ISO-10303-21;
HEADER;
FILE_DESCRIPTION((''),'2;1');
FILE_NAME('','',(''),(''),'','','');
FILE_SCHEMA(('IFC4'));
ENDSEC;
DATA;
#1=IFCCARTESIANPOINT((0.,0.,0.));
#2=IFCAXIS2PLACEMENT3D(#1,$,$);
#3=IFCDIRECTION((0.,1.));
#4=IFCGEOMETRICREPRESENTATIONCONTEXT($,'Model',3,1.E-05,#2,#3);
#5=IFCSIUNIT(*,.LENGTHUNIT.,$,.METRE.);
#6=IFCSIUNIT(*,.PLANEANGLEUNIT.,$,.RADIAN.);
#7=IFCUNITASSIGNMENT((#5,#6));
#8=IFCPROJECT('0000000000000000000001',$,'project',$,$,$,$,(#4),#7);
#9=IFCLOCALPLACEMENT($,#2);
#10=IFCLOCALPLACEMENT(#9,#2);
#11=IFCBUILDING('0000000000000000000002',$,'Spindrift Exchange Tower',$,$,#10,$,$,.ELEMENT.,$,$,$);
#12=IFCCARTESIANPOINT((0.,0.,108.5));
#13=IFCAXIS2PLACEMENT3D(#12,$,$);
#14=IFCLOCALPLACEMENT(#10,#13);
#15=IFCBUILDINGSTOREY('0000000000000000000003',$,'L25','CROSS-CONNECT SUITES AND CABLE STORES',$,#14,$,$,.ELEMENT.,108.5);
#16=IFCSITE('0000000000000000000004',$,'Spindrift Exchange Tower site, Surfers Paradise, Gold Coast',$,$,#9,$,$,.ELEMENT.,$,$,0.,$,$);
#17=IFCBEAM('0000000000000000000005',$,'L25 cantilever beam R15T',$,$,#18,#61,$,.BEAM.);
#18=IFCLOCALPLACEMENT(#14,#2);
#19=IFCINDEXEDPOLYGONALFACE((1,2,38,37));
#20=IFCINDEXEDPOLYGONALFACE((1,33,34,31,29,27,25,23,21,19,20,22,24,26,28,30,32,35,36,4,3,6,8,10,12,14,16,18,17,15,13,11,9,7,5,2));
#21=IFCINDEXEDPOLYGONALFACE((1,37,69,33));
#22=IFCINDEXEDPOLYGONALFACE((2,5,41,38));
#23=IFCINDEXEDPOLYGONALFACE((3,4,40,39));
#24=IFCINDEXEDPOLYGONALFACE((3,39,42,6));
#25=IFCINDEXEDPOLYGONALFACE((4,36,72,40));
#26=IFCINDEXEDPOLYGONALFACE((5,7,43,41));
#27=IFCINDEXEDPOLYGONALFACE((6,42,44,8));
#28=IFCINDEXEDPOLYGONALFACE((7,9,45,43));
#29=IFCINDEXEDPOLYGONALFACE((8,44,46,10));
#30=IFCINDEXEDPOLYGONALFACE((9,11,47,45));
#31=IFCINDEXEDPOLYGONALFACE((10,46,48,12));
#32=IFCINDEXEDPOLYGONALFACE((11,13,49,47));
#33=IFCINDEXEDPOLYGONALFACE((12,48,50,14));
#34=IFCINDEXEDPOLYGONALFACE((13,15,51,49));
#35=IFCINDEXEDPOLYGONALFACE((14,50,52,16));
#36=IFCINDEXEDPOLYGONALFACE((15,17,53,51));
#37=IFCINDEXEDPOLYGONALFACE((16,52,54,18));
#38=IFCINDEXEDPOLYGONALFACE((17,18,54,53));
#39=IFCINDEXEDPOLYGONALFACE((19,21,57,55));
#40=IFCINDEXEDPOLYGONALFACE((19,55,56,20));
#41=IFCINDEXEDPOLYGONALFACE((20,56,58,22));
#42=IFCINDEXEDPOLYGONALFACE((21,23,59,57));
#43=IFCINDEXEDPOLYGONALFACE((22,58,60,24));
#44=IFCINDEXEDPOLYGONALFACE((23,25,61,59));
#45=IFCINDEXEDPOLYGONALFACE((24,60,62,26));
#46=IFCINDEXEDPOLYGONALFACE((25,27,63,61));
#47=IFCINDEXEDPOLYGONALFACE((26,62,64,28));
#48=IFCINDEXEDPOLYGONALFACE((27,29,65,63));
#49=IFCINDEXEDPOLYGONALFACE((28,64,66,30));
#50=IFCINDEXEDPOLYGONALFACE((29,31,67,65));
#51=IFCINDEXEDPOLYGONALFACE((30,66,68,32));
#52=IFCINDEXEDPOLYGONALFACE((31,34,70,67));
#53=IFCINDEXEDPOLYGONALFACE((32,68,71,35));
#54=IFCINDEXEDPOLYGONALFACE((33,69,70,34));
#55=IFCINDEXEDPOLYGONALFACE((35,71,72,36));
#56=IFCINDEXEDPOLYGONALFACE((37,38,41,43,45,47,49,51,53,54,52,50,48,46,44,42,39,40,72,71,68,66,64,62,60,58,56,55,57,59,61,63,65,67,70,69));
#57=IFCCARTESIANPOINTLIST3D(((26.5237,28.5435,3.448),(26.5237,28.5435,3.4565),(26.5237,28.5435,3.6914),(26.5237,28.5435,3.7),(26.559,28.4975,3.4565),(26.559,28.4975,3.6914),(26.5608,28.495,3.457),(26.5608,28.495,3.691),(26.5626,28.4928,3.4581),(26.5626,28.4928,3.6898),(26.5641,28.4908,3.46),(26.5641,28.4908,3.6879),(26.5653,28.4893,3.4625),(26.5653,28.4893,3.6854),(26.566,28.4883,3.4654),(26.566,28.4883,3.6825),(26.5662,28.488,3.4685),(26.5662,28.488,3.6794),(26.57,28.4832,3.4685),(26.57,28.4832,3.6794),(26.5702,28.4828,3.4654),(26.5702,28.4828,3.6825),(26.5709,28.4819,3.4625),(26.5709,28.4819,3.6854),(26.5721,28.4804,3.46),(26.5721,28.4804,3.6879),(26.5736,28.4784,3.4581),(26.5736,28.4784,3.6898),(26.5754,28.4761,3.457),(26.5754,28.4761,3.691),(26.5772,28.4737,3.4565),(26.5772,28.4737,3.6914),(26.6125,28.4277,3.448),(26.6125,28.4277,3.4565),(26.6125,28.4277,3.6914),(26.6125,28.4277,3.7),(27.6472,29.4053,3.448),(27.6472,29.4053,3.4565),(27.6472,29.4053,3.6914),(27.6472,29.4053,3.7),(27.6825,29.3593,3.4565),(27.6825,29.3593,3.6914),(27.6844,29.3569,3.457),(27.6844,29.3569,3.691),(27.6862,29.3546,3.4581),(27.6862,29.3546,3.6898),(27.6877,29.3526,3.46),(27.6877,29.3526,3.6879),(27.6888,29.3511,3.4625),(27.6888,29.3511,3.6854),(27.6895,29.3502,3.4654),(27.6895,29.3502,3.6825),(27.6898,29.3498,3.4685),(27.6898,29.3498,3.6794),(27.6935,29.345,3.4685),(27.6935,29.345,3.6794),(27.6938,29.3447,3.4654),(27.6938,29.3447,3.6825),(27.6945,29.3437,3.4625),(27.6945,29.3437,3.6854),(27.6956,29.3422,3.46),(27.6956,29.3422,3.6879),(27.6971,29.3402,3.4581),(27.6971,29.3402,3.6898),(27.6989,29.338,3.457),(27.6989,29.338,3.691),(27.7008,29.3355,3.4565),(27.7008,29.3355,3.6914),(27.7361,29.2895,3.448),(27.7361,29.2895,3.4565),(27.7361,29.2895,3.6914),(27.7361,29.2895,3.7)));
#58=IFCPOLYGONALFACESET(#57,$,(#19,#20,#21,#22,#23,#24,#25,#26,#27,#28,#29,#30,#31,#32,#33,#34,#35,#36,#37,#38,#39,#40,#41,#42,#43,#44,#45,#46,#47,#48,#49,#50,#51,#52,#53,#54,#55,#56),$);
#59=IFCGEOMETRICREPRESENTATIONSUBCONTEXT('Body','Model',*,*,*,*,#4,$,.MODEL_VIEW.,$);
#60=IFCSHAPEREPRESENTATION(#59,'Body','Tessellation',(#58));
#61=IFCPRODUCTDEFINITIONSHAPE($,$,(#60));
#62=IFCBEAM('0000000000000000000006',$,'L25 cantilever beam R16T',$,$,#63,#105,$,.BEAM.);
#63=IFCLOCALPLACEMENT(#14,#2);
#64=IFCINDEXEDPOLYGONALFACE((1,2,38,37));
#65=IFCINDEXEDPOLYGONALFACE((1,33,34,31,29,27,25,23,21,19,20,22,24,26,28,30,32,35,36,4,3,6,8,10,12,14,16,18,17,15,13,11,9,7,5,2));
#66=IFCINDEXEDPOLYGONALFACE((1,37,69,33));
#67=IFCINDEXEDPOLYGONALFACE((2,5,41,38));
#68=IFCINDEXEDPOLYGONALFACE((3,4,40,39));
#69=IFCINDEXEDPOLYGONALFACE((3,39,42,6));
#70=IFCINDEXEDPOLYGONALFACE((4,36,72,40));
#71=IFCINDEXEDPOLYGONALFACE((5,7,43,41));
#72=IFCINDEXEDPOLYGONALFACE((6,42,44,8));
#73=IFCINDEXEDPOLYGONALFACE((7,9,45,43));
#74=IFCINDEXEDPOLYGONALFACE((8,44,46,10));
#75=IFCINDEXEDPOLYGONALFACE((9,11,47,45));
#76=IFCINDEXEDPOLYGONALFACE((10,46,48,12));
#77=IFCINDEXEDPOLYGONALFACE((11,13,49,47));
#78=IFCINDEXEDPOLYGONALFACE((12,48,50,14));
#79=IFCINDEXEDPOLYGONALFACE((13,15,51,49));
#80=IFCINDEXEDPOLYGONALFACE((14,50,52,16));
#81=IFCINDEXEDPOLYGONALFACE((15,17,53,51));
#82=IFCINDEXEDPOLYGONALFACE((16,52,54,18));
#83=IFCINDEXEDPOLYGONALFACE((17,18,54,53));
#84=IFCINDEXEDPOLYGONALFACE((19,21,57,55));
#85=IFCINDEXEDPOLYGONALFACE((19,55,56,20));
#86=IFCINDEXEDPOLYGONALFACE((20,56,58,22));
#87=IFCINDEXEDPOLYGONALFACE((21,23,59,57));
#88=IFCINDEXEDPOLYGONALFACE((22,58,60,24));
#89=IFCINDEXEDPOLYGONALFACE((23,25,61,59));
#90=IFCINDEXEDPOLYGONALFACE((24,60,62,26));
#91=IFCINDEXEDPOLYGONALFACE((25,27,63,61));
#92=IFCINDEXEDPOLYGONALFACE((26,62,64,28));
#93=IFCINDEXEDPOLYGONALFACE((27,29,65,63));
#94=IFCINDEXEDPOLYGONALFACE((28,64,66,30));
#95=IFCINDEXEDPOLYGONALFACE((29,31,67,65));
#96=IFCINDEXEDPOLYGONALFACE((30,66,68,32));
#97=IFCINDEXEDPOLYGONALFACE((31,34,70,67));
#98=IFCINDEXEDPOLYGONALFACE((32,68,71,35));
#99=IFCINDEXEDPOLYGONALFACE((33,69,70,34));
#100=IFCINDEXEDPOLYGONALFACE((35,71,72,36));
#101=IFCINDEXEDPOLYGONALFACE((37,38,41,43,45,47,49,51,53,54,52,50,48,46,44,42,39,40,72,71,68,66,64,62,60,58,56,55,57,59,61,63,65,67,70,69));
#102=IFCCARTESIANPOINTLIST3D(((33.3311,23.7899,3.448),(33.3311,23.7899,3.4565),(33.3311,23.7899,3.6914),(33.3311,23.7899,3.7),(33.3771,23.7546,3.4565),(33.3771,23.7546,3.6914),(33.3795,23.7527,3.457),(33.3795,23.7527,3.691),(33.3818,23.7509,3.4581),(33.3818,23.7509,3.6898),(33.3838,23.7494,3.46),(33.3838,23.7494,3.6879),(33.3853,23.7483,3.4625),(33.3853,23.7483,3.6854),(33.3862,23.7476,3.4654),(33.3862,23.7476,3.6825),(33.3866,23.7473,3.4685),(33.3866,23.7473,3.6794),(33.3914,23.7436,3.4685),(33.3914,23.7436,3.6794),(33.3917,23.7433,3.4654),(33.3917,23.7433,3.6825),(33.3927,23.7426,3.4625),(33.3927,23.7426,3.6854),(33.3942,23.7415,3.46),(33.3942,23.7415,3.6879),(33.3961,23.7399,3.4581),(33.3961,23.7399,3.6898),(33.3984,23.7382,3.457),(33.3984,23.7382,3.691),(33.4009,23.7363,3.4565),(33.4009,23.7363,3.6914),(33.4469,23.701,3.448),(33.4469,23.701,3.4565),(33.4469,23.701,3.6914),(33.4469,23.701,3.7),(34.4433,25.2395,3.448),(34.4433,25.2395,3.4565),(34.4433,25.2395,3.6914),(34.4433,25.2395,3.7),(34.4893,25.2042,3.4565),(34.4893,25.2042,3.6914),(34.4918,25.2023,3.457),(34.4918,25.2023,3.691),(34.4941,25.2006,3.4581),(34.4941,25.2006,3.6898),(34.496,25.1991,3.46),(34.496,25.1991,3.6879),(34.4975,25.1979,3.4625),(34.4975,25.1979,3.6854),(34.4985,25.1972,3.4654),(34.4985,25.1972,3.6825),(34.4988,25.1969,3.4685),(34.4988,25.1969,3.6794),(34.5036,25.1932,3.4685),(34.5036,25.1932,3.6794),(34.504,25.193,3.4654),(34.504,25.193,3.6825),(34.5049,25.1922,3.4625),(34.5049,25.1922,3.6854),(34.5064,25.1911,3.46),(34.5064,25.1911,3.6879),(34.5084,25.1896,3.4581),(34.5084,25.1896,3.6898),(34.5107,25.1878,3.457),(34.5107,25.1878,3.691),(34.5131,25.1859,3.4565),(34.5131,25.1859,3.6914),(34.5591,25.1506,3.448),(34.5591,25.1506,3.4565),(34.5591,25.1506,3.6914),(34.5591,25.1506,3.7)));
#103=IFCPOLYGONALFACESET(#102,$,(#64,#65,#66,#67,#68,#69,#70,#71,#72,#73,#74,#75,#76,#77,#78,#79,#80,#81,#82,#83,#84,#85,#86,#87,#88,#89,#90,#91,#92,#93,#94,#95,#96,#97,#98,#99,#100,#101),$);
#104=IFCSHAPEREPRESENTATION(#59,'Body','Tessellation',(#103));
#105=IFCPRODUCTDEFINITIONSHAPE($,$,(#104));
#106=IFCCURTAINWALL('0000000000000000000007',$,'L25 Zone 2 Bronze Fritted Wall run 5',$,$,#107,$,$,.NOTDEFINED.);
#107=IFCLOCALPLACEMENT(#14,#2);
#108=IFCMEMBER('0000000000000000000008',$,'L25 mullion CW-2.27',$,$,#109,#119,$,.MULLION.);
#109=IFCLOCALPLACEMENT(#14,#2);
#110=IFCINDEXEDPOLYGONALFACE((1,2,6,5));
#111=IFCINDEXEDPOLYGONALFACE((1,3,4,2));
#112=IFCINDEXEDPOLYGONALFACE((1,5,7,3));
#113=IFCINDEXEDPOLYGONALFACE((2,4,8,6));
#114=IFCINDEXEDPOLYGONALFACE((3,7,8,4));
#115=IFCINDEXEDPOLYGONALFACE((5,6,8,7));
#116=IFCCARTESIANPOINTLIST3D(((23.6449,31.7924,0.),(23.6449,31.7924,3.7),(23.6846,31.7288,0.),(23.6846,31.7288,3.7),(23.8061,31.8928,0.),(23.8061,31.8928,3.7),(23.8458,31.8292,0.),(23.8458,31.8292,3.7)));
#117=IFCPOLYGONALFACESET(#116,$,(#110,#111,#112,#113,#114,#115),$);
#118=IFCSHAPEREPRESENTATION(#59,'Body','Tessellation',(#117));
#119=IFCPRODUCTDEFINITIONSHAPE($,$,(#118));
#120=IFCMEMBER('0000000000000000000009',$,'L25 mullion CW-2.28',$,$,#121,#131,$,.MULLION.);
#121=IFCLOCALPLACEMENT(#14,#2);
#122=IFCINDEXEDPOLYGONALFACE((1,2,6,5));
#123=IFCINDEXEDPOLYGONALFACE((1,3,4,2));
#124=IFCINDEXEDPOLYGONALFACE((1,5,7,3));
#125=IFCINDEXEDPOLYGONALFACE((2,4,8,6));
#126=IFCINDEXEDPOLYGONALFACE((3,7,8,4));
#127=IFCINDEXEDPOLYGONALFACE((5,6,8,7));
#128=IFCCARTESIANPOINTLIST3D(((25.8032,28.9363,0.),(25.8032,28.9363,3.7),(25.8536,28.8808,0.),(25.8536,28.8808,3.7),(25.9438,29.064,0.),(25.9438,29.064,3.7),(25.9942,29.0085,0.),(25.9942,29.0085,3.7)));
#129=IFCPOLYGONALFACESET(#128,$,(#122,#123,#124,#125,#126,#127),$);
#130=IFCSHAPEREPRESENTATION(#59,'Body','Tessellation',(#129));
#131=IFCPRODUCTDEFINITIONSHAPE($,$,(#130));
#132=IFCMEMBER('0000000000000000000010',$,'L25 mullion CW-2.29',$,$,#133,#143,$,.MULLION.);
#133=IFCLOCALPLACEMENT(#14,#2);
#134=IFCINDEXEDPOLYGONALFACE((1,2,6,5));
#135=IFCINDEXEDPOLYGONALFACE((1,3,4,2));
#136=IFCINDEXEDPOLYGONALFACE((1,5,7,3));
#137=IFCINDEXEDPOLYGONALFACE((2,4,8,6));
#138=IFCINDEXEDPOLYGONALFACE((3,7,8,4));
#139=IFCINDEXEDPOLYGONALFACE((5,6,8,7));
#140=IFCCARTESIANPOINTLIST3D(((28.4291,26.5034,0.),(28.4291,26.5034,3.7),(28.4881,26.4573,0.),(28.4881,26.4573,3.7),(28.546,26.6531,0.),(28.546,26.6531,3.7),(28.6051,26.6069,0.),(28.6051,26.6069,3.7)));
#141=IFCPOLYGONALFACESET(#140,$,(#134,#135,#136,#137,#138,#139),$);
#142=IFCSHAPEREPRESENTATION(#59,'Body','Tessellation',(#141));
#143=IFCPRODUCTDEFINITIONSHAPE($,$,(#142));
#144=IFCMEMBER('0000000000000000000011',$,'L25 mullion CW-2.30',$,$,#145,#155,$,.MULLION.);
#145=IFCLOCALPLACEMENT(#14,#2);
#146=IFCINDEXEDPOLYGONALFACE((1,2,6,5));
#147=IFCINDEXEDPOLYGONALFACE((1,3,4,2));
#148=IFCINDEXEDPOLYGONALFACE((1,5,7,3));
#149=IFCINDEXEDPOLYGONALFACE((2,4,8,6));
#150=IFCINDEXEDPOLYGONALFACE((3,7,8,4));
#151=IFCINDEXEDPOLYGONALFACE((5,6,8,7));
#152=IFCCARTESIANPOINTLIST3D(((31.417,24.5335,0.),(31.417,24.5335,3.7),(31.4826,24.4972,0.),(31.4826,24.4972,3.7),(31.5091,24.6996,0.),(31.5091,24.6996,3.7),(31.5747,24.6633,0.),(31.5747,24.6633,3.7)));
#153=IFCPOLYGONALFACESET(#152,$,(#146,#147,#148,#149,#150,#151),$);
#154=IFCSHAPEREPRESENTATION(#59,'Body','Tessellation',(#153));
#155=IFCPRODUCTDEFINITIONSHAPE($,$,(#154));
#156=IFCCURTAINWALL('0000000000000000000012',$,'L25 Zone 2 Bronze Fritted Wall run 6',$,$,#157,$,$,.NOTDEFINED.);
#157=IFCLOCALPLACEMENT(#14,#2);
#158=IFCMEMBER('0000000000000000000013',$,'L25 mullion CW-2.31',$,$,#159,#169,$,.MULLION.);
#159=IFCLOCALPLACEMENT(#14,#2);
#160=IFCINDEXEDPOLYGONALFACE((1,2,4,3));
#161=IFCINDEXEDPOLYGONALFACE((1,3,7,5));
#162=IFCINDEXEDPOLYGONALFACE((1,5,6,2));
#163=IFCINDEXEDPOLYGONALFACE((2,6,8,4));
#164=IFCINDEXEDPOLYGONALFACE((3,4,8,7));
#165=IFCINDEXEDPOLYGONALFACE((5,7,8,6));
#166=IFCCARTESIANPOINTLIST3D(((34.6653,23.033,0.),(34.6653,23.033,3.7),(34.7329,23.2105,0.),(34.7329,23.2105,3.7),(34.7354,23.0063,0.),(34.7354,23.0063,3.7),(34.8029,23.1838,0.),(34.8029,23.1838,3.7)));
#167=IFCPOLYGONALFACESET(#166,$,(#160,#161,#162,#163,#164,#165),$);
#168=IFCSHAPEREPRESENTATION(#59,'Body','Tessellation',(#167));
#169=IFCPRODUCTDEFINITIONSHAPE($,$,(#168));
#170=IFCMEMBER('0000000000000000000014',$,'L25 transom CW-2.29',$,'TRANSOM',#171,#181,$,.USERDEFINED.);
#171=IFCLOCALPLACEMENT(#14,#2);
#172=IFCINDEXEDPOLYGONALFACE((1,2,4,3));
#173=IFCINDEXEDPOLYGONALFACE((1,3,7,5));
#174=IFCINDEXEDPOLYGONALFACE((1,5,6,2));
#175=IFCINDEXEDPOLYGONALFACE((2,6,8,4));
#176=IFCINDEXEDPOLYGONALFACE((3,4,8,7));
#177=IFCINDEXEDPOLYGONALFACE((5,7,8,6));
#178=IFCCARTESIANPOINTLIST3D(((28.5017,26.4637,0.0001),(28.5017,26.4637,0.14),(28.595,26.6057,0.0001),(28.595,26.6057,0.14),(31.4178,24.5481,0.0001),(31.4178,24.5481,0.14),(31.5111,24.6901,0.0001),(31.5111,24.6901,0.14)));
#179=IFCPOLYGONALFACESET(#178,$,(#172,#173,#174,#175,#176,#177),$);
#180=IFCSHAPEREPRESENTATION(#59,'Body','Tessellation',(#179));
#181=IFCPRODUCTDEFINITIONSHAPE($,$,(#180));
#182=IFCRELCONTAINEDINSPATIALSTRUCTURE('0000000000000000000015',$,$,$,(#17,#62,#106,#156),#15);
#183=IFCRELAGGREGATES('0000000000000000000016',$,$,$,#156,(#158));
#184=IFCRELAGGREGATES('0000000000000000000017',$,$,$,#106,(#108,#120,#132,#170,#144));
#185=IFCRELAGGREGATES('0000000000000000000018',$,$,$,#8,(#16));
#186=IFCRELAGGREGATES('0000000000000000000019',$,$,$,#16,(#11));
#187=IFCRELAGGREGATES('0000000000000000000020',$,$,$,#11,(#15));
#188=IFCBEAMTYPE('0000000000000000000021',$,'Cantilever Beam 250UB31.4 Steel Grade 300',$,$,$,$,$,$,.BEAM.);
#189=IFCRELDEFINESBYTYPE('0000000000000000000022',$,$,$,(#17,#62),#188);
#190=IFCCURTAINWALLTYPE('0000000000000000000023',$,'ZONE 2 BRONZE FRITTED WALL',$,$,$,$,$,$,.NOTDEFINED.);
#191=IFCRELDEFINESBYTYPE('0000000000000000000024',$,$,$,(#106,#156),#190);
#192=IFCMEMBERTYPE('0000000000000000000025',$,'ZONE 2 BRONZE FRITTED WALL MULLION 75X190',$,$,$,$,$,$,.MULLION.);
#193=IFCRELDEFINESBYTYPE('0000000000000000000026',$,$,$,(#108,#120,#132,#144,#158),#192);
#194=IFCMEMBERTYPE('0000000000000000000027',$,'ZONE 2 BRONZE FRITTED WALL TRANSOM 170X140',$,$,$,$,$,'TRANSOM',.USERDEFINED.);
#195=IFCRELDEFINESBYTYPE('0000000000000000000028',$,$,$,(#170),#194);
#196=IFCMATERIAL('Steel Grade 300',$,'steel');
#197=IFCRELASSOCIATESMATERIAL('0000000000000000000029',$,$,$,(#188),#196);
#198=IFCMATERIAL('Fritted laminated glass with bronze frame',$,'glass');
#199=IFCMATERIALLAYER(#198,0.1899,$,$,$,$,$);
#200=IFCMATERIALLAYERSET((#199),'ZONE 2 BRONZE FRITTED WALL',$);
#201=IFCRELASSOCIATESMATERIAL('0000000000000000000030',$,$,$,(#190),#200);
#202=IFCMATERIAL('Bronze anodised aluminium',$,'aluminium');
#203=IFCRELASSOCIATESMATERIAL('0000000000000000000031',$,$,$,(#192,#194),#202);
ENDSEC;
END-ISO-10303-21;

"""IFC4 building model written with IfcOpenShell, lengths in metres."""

from ifc_helpers import new_model, si_unit, direction, frame, origin, origin_2d, place, context, subcontext, project, spatial, rectangle, i_section, extrude, source, transform, mapped, material, layer, layer_set, material_profile, profile_set, type_object, element, aggregate, save


model = new_model("IFC4")

# Units and contexts
model_context = context("Model", 3, precision=1e-05, world=origin(), true_north=direction((0.0, 1.0)))
body_context = subcontext(model_context, "Body", "Model", "MODEL_VIEW")
ifc_project = project(units=[si_unit("LENGTHUNIT", "METRE"), si_unit("PLANEANGLEUNIT", "RADIAN")], contexts=[model_context])

# Site, building, storey
site_placement = place(None, origin())
site = spatial("IfcSite", under=ifc_project, at=site_placement, Name="Spindrift Exchange Tower site, Surfers Paradise, Gold Coast", CompositionType="ELEMENT", RefElevation=0.0)
building_placement = place(site_placement, origin())
building = spatial("IfcBuilding", under=site, at=building_placement, Name="Spindrift Exchange Tower", CompositionType="ELEMENT")
storey_placement = place(building_placement, frame((0.0, 0.0, 108.5)))
storey = spatial("IfcBuildingStorey", under=building, at=storey_placement, Name="L25", Description="CROSS-CONNECT SUITES AND CABLE STORES", CompositionType="ELEMENT", Elevation=108.5)

# Beams
ifc_material_1 = material(Name="Steel Grade 300", Category="steel")
ifc_material_profile_1 = material_profile(ifc_material_1, i_section(OverallWidth=0.146, OverallDepth=0.252, WebThickness=0.0061, FlangeThickness=0.0085, FilletRadius=0.012, at=origin_2d()), Name="250UB31.4")
ifc_profile_set_1 = profile_set([ifc_material_profile_1], Name="Steel Grade 300")
beam_type_1 = type_object("IfcBeamType", Name="Cantilever Beam 250UB31.4 Steel Grade 300", PredefinedType="BEAM", material=ifc_profile_set_1)
shared_shape_1 = source(origin(), body_context, "Body", "SweptSolid", [
    extrude(i_section(OverallWidth=0.146, OverallDepth=0.252, WebThickness=0.0061, FlangeThickness=0.0085, FilletRadius=0.012, at=origin_2d()), origin(), (0.0, 0.0, 1.0), 1.416),
])
beam_1_placement = place(storey_placement, frame((27.6917, 29.3474, 3.574), z_axis=(-0.793456, -0.608627, 0.0), x_axis=(0.608627, -0.793456, 0.0)))
element("IfcBeam", 1, at=beam_1_placement, inside=storey, type_object=beam_type_1, Name="L25 cantilever beam R15T", PredefinedType="BEAM", context=body_context, shape_type="MappedRepresentation", body=[
    mapped(shared_shape_1, transform((0.0, 0.0, 0.0), scale=1.0)),
])
shared_shape_2 = source(origin(), body_context, "Body", "SweptSolid", [
    extrude(i_section(OverallWidth=0.146, OverallDepth=0.252, WebThickness=0.0061, FlangeThickness=0.0085, FilletRadius=0.012, at=origin_2d()), origin(), (0.0, 0.0, 1.0), 1.8271),
])
beam_2_placement = place(storey_placement, frame((34.5012, 25.1951, 3.574), z_axis=(-0.608729, -0.793378, 0.0), x_axis=(0.793378, -0.608729, 0.0)))
element("IfcBeam", 2, at=beam_2_placement, inside=storey, type_object=beam_type_1, Name="L25 cantilever beam R16T", PredefinedType="BEAM", context=body_context, shape_type="MappedRepresentation", body=[
    mapped(shared_shape_2, transform((0.0, 0.0, 0.0), scale=1.0)),
])

# Curtain wall, members
ifc_material_2 = material(Name="Fritted laminated glass with bronze frame", Category="glass")
ifc_layer_1 = layer(ifc_material_2, 0.1899)
ifc_layer_set_1 = layer_set([ifc_layer_1], Name="ZONE 2 BRONZE FRITTED WALL")
curtain_wall_type = type_object("IfcCurtainWallType", Name="ZONE 2 BRONZE FRITTED WALL", PredefinedType="NOTDEFINED", material=ifc_layer_set_1)
curtain_wall_1_placement = place(storey_placement, origin())
curtain_wall_1 = element("IfcCurtainWall", 3, at=curtain_wall_1_placement, inside=storey, type_object=curtain_wall_type, Name="L25 Zone 2 Bronze Fritted Wall run 5", PredefinedType="NOTDEFINED")
ifc_material_3 = material(Name="Bronze anodised aluminium", Category="aluminium")
ifc_material_profile_2 = material_profile(ifc_material_3, rectangle(XDim=0.075, YDim=0.1899, at=origin_2d()), Name="ZONE 2 BRONZE FRITTED WALL MULLION 75X190")
ifc_profile_set_2 = profile_set([ifc_material_profile_2], Name="Bronze anodised aluminium")
member_type_1 = type_object("IfcMemberType", Name="ZONE 2 BRONZE FRITTED WALL MULLION 75X190", PredefinedType="MULLION", material=ifc_profile_set_2)
shared_shape_3 = source(origin(), body_context, "Body", "SweptSolid", [
    extrude(rectangle(XDim=0.075, YDim=0.1899, at=origin_2d()), origin(), (0.0, 0.0, 1.0), 3.7),
])
member_1_placement = place(storey_placement, frame((23.7454, 31.8108, 0.0), z_axis=(0.0, 0.0, 1.0), x_axis=(0.528877, -0.848698, 0.0)))
member_1 = element("IfcMember", 4, at=member_1_placement, type_object=member_type_1, Name="L25 mullion CW-2.27", PredefinedType="MULLION", context=body_context, shape_type="MappedRepresentation", body=[
    mapped(shared_shape_3, transform((0.0, 0.0, 0.0), scale=1.0)),
])
member_2_placement = place(storey_placement, frame((25.8987, 28.9724, 0.0), z_axis=(0.0, 0.0, 1.0), x_axis=(0.67218, -0.740388, 0.0)))
member_2 = element("IfcMember", 5, at=member_2_placement, type_object=member_type_1, Name="L25 mullion CW-2.28", PredefinedType="MULLION", context=body_context, shape_type="MappedRepresentation", body=[
    mapped(shared_shape_3, transform((0.0, 0.0, 0.0), scale=1.0)),
])
member_3_placement = place(storey_placement, frame((28.5171, 26.5552, 0.0), z_axis=(0.0, 0.0, 1.0), x_axis=(0.787941, -0.61575, 0.0)))
member_3 = element("IfcMember", 6, at=member_3_placement, type_object=member_type_1, Name="L25 mullion CW-2.29", PredefinedType="MULLION", context=body_context, shape_type="MappedRepresentation", body=[
    mapped(shared_shape_3, transform((0.0, 0.0, 0.0), scale=1.0)),
])
member_4_placement = place(storey_placement, frame((31.4958, 24.5984, 0.0), z_axis=(0.0, 0.0, 1.0), x_axis=(0.874577, -0.484887, 0.0)))
member_4 = element("IfcMember", 7, at=member_4_placement, type_object=member_type_1, Name="L25 mullion CW-2.30", PredefinedType="MULLION", context=body_context, shape_type="MappedRepresentation", body=[
    mapped(shared_shape_3, transform((0.0, 0.0, 0.0), scale=1.0)),
])

# Curtain wall, member
curtain_wall_2_placement = place(storey_placement, origin())
curtain_wall_2 = element("IfcCurtainWall", 8, at=curtain_wall_2_placement, inside=storey, type_object=curtain_wall_type, Name="L25 Zone 2 Bronze Fritted Wall run 6", PredefinedType="NOTDEFINED")
member_5_placement = place(storey_placement, frame((34.7341, 23.1084, 0.0), z_axis=(0.0, 0.0, 1.0), x_axis=(0.934676, -0.355502, 0.0)))
member_5 = element("IfcMember", 9, at=member_5_placement, type_object=member_type_1, Name="L25 mullion CW-2.31", PredefinedType="MULLION", context=body_context, shape_type="MappedRepresentation", body=[
    mapped(shared_shape_3, transform((0.0, 0.0, 0.0), scale=1.0)),
])

# Member
ifc_material_profile_3 = material_profile(ifc_material_3, rectangle(XDim=0.1699, YDim=0.1399, at=origin_2d()), Name="ZONE 2 BRONZE FRITTED WALL TRANSOM 170X140")
ifc_profile_set_3 = profile_set([ifc_material_profile_3], Name="Bronze anodised aluminium")
member_type_2 = type_object("IfcMemberType", Name="ZONE 2 BRONZE FRITTED WALL TRANSOM 170X140", ElementType="TRANSOM", PredefinedType="USERDEFINED", material=ifc_profile_set_3)
shared_shape_4 = source(origin(), body_context, "Body", "SweptSolid", [
    extrude(rectangle(XDim=0.1699, YDim=0.1399, at=origin_2d()), origin(), (0.0, 0.0, 1.0), 3.489),
])
member_6_placement = place(storey_placement, frame((28.5483, 26.5347, 0.0701), z_axis=(0.835799, -0.549035, 0.0), x_axis=(0.549035, 0.835799, 0.0)))
member_6 = element("IfcMember", 10, at=member_6_placement, type_object=member_type_2, Name="L25 transom CW-2.29", ObjectType="TRANSOM", PredefinedType="USERDEFINED", context=body_context, shape_type="MappedRepresentation", body=[
    mapped(shared_shape_4, transform((0.0, 0.0, 0.0), scale=1.0)),
])

aggregate(curtain_wall_2, [member_5])
aggregate(curtain_wall_1, [member_1, member_2, member_3, member_6, member_4])

save(model, "model.ifc")
